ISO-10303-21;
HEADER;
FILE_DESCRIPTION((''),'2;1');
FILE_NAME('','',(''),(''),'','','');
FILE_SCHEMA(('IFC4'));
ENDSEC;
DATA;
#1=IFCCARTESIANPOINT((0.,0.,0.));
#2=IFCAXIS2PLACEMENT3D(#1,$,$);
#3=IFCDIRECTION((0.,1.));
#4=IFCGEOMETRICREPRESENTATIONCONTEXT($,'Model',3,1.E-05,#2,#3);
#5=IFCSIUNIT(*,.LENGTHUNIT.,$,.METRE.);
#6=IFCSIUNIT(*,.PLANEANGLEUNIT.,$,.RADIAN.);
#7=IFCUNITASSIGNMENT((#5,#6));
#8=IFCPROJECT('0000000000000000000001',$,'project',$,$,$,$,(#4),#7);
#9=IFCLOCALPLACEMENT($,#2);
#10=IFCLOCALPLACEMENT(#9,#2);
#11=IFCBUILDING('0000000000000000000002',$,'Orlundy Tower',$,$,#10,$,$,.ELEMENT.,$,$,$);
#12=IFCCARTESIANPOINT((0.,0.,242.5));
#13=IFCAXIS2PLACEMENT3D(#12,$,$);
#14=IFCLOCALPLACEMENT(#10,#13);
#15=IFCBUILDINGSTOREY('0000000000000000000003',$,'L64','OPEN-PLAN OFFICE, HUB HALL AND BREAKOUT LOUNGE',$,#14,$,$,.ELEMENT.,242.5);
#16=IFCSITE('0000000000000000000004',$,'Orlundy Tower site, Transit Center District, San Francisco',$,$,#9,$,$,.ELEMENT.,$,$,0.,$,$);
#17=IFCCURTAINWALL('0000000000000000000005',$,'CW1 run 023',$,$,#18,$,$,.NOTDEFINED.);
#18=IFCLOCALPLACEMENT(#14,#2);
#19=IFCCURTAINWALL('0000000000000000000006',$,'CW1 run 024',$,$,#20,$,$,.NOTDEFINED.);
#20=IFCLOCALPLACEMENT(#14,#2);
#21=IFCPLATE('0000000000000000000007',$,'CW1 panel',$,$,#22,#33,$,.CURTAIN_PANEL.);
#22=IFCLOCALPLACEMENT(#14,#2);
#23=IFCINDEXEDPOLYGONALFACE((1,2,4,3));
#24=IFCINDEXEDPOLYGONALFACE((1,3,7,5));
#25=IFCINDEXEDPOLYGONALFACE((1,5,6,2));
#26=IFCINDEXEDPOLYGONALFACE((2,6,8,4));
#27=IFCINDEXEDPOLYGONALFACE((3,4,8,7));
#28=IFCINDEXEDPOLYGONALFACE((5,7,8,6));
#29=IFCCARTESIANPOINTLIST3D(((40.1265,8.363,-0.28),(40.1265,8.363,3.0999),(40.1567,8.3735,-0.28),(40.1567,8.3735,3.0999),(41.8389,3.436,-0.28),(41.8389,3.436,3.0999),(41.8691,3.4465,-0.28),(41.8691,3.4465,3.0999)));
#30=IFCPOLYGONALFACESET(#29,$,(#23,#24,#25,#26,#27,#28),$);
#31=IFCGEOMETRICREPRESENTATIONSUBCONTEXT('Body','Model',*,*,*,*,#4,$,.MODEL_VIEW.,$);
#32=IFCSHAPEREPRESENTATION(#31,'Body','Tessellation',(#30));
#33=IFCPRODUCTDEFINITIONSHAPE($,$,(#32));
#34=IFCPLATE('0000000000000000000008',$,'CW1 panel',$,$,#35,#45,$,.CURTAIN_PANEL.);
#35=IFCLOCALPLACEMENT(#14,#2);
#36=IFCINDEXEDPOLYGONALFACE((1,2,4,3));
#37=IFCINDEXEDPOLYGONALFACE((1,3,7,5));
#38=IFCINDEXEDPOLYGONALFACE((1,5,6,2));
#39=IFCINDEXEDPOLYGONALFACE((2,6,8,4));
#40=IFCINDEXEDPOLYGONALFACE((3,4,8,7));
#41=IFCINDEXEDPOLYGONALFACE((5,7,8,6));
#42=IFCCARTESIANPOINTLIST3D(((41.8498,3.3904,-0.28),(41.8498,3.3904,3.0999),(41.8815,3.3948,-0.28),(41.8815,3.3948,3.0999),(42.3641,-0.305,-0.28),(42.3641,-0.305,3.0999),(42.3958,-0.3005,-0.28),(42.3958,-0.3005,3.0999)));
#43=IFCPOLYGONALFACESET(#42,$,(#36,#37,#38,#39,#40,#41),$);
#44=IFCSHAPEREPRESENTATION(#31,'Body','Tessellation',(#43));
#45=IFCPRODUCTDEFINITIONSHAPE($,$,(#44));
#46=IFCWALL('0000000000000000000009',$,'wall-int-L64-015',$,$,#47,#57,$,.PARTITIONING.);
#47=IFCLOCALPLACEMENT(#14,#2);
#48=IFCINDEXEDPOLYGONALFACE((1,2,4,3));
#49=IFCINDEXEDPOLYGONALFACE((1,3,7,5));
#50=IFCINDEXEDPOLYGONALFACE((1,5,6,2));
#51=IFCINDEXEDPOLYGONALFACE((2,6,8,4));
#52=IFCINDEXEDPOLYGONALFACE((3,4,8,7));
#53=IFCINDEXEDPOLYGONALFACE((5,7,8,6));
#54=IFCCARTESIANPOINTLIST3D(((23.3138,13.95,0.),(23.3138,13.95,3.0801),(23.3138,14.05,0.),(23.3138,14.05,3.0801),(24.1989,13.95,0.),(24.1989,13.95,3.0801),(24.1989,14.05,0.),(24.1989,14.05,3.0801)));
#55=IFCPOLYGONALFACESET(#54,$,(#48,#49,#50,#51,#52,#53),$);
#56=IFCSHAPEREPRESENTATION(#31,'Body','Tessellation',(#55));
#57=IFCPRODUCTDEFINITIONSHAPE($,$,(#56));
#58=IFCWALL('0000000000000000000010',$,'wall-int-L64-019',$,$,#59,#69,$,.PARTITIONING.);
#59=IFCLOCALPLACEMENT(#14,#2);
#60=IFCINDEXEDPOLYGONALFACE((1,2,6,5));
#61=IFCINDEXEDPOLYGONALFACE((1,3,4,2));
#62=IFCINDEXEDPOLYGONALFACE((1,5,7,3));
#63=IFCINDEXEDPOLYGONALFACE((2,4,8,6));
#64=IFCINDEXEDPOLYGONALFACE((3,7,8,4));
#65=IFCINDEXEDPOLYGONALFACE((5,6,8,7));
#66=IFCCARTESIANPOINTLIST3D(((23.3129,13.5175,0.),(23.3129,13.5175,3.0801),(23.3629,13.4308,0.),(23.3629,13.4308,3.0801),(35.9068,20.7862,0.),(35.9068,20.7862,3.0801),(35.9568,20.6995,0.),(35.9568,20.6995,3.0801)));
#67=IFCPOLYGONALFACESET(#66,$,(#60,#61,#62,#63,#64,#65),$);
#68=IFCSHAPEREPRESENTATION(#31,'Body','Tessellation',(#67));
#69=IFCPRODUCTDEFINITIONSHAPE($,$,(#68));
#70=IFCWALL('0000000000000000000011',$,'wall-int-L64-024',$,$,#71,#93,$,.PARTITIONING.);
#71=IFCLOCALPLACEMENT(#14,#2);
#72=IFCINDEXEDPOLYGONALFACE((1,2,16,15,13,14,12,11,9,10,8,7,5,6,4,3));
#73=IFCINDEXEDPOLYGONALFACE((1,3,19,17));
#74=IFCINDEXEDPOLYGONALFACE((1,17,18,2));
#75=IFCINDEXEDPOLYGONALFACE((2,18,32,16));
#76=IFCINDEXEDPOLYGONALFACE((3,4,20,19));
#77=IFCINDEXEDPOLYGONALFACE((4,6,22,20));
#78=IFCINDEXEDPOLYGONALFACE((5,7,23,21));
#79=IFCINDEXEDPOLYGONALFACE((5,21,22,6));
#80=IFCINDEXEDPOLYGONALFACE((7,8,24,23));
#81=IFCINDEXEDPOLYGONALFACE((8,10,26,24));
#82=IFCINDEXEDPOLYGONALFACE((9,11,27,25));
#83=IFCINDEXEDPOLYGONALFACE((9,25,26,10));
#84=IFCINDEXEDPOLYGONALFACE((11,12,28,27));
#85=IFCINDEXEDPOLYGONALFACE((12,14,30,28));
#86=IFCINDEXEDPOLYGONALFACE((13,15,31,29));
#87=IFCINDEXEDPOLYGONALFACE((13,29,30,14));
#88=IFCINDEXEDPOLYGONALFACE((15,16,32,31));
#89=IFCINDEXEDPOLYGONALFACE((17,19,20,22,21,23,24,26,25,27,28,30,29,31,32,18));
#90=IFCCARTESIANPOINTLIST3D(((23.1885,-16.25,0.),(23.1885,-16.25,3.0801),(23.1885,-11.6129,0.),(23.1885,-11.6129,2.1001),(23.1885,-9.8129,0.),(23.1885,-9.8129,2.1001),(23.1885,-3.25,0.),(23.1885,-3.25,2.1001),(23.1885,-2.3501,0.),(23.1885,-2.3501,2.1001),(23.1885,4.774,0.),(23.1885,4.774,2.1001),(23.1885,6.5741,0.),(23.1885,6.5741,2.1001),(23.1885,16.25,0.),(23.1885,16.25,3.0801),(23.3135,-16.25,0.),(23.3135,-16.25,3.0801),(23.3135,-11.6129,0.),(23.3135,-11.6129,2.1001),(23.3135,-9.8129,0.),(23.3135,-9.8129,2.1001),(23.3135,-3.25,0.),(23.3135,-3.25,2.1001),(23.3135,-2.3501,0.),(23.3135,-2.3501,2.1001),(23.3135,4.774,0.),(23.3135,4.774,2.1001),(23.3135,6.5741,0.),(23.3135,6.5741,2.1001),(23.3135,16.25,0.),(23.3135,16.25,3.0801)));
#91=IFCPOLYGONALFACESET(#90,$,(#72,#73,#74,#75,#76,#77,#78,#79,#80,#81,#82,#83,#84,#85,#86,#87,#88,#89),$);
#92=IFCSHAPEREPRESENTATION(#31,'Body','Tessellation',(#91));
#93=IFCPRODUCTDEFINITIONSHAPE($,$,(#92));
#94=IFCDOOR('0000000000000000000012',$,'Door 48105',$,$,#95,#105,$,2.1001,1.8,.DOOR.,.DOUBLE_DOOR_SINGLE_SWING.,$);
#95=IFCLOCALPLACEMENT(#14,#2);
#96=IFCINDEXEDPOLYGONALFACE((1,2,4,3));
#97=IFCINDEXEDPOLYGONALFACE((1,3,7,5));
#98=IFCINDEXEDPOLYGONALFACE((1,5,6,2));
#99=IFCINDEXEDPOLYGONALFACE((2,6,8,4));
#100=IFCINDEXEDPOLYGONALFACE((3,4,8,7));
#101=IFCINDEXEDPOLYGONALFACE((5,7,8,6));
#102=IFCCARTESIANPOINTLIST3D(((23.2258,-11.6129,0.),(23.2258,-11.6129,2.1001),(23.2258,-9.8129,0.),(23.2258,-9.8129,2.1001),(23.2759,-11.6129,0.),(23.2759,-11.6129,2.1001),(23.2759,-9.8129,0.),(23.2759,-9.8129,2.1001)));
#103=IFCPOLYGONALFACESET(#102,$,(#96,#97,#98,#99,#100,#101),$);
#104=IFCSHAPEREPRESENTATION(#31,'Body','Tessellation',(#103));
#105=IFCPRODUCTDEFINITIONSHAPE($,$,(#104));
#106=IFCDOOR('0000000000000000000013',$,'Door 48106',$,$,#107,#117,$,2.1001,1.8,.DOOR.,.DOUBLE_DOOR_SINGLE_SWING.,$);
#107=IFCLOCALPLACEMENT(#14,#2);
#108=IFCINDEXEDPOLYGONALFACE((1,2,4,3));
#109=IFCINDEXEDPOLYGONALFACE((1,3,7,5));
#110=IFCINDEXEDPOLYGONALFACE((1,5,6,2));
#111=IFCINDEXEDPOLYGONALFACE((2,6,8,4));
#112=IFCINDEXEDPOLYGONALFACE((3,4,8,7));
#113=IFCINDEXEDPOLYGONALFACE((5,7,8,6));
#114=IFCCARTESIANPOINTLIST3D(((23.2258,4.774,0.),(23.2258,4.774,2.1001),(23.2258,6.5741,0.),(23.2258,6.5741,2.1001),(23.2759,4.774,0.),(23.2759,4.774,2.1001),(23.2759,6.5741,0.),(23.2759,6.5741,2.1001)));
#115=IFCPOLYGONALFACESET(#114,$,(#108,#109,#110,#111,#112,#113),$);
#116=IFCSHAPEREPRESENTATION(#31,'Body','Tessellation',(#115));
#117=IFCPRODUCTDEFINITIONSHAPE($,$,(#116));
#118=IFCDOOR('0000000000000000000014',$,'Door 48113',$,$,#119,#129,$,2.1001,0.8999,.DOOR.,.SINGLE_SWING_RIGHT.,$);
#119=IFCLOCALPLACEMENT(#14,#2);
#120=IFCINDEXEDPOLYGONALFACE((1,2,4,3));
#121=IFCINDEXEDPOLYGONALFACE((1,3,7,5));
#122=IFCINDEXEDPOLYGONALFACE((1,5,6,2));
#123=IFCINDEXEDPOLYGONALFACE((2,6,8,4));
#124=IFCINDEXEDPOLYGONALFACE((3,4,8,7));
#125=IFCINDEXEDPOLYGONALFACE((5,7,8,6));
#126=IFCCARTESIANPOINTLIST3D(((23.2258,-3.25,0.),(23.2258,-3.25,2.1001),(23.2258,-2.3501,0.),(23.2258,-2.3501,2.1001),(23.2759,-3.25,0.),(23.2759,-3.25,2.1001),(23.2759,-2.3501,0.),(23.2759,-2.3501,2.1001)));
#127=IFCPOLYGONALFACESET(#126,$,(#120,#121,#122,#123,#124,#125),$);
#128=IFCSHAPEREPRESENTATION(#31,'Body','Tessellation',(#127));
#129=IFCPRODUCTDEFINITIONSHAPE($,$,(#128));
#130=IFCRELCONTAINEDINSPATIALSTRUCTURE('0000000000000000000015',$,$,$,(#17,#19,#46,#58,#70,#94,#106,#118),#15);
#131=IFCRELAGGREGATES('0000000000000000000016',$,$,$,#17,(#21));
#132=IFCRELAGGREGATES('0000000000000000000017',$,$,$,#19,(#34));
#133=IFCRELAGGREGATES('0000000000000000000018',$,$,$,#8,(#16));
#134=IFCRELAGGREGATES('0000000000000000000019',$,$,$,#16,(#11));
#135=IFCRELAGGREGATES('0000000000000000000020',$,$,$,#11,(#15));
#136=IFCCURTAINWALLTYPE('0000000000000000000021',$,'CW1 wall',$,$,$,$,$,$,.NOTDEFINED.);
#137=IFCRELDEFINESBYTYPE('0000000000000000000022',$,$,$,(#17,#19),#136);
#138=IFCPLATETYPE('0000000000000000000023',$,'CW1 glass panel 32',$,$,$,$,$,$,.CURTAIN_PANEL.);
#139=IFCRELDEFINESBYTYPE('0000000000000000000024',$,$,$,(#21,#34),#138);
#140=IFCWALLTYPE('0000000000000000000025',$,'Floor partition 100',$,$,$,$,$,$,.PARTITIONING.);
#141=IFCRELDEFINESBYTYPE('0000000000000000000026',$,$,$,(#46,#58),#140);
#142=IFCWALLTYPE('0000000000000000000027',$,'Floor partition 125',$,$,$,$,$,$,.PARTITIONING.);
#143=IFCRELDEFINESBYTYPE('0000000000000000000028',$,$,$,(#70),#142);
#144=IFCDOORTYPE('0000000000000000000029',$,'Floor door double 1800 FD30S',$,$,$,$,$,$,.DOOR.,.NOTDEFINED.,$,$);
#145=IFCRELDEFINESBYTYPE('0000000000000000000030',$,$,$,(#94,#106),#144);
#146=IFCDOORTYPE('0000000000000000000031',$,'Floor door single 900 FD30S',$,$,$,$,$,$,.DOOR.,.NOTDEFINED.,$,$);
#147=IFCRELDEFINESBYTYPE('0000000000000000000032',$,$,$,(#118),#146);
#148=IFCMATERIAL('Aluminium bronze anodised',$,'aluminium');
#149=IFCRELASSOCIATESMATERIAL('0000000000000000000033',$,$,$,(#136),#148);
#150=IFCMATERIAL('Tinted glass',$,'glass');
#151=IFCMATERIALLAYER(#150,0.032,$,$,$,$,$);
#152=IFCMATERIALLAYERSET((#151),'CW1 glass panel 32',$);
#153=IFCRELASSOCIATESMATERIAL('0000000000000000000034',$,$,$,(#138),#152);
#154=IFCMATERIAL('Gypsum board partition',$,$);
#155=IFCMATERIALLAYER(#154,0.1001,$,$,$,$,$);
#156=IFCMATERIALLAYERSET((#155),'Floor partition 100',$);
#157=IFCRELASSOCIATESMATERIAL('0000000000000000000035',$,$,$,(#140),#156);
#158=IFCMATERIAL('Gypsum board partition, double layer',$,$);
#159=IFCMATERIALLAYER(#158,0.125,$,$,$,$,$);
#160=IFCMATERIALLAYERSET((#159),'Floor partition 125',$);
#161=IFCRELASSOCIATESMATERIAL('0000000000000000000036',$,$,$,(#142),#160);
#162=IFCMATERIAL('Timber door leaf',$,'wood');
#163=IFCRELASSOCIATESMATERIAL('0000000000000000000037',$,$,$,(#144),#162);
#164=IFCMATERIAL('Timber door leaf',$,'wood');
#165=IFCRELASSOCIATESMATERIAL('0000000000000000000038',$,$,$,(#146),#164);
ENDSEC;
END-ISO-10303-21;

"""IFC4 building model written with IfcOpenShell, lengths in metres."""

from ifc_helpers import new_model, si_unit, direction, frame, frame_2d, origin, origin_2d, place, context, subcontext, project, spatial, rectangle, extrude, material, layer, layer_set, type_object, element, fill, aggregate, save


model = new_model("IFC4")

# Units and contexts
model_context = context("Model", 3, precision=1e-05, world=origin(), true_north=direction((0.0, 1.0)))
body_context = subcontext(model_context, "Body", "Model", "MODEL_VIEW")
ifc_project = project(units=[si_unit("LENGTHUNIT", "METRE"), si_unit("PLANEANGLEUNIT", "RADIAN")], contexts=[model_context])

# Site, building, storey
site_placement = place(None, origin())
site = spatial("IfcSite", under=ifc_project, at=site_placement, Name="Orlundy Tower site, Transit Center District, San Francisco", CompositionType="ELEMENT", RefElevation=0.0)
building_placement = place(site_placement, origin())
building = spatial("IfcBuilding", under=site, at=building_placement, Name="Orlundy Tower", CompositionType="ELEMENT")
storey_placement = place(building_placement, frame((0.0, 0.0, 242.5)))
storey = spatial("IfcBuildingStorey", under=building, at=storey_placement, Name="L64", Description="OPEN-PLAN OFFICE, HUB HALL AND BREAKOUT LOUNGE", CompositionType="ELEMENT", Elevation=242.5)

# Shared definitions
ifc_material_1 = material(Name="Aluminium bronze anodised", Category="aluminium")
curtain_wall_type = type_object("IfcCurtainWallType", Name="CW1 wall", PredefinedType="NOTDEFINED", material=ifc_material_1)

# Curtain walls
curtain_wall_1_placement = place(storey_placement, origin())
curtain_wall_1 = element("IfcCurtainWall", 1, at=curtain_wall_1_placement, inside=storey, type_object=curtain_wall_type, Name="CW1 run 023", PredefinedType="NOTDEFINED")
curtain_wall_2_placement = place(storey_placement, origin())
curtain_wall_2 = element("IfcCurtainWall", 2, at=curtain_wall_2_placement, inside=storey, type_object=curtain_wall_type, Name="CW1 run 024", PredefinedType="NOTDEFINED")

# Plates
ifc_material_2 = material(Name="Tinted glass", Category="glass")
ifc_layer_1 = layer(ifc_material_2, 0.032)
ifc_layer_set_1 = layer_set([ifc_layer_1], Name="CW1 glass panel 32")
plate_type = type_object("IfcPlateType", Name="CW1 glass panel 32", PredefinedType="CURTAIN_PANEL", material=ifc_layer_set_1)
plate_1_placement = place(storey_placement, frame((40.9978, 5.9048, -0.28), z_axis=(0.0, 0.0, 1.0), x_axis=(0.328288, -0.944578, 0.0)))
plate_1 = element("IfcPlate", 3, at=plate_1_placement, type_object=plate_type, Name="CW1 panel", PredefinedType="CURTAIN_PANEL", context=body_context, shape_type="SweptSolid", body=[
    extrude(rectangle(XDim=5.2161, YDim=0.032, at=origin_2d()), origin(), (0.0, 0.0, 1.0), 3.3799),
])
aggregate(curtain_wall_1, [plate_1])
plate_2_placement = place(storey_placement, frame((42.1228, 1.5449, -0.28), z_axis=(0.0, 0.0, 1.0), x_axis=(0.137833, -0.990455, 0.0)))
plate_2 = element("IfcPlate", 4, at=plate_2_placement, type_object=plate_type, Name="CW1 panel", PredefinedType="CURTAIN_PANEL", context=body_context, shape_type="SweptSolid", body=[
    extrude(rectangle(XDim=3.731, YDim=0.032, at=origin_2d()), origin(), (0.0, 0.0, 1.0), 3.3799),
])
aggregate(curtain_wall_2, [plate_2])

# Walls
ifc_material_3 = material(Name="Gypsum board partition")
ifc_layer_2 = layer(ifc_material_3, 0.1001)
ifc_layer_set_2 = layer_set([ifc_layer_2], Name="Floor partition 100")
wall_type_1 = type_object("IfcWallType", Name="Floor partition 100", PredefinedType="PARTITIONING", material=ifc_layer_set_2)
wall_1_placement = place(storey_placement, frame((23.314, 14.0, 0.0), z_axis=(0.0, 0.0, 1.0), x_axis=(1.0, 0.0, 0.0)))
element("IfcWall", 5, at=wall_1_placement, inside=storey, type_object=wall_type_1, Name="wall-int-L64-015", PredefinedType="PARTITIONING", context=body_context, shape_type="SweptSolid", body=[
    extrude(rectangle(XDim=0.885, YDim=0.1001, at=frame_2d((0.4424, 0.0))), origin(), (0.0, 0.0, 1.0), 3.0801),
])
wall_2_placement = place(storey_placement, frame((23.3379, 13.4741, 0.0), z_axis=(0.0, 0.0, 1.0), x_axis=(0.866095, 0.499879, 0.0)))
element("IfcWall", 6, at=wall_2_placement, inside=storey, type_object=wall_type_1, Name="wall-int-L64-019", PredefinedType="PARTITIONING", context=body_context, shape_type="SweptSolid", body=[
    extrude(rectangle(XDim=14.541, YDim=0.1001, at=frame_2d((7.2705, 0.0))), origin(), (0.0, 0.0, 1.0), 3.0801),
])

# Wall, openings, doors
ifc_material_4 = material(Name="Gypsum board partition, double layer")
ifc_layer_3 = layer(ifc_material_4, 0.125)
ifc_layer_set_3 = layer_set([ifc_layer_3], Name="Floor partition 125")
wall_type_2 = type_object("IfcWallType", Name="Floor partition 125", PredefinedType="PARTITIONING", material=ifc_layer_set_3)
wall_3_placement = place(storey_placement, frame((23.251, 16.25, 0.0), z_axis=(0.0, 0.0, 1.0), x_axis=(0.0, -1.0, 0.0)))
wall_3 = element("IfcWall", 7, at=wall_3_placement, inside=storey, type_object=wall_type_2, Name="wall-int-L64-024", PredefinedType="PARTITIONING", context=body_context, shape_type="SweptSolid", body=[
    extrude(rectangle(XDim=32.5, YDim=0.125, at=frame_2d((16.25, 0.0))), origin(), (0.0, 0.0, 1.0), 3.0801),
])
opening_1_placement = place(wall_3_placement, frame((26.063, 0.0, 0.0)))
opening_1 = element("IfcOpeningElement", 8, at=opening_1_placement, cuts=wall_3, PredefinedType="OPENING", context=body_context, shape_type="SweptSolid", body=[
    extrude(rectangle(XDim=1.8, YDim=2.1001, at=frame_2d((0.8999, 1.05))), frame((0.0, 0.0725, 0.0), z_axis=(0.0, -1.0, 0.0), x_axis=(1.0, 0.0, 0.0)), (0.0, 0.0, 1.0), 0.145),
])
opening_2_placement = place(wall_3_placement, frame((9.676, 0.0, 0.0)))
opening_2 = element("IfcOpeningElement", 9, at=opening_2_placement, cuts=wall_3, PredefinedType="OPENING", context=body_context, shape_type="SweptSolid", body=[
    extrude(rectangle(XDim=1.8, YDim=2.1001, at=frame_2d((0.8999, 1.05))), frame((0.0, 0.0725, 0.0), z_axis=(0.0, -1.0, 0.0), x_axis=(1.0, 0.0, 0.0)), (0.0, 0.0, 1.0), 0.145),
])
opening_3_placement = place(wall_3_placement, frame((18.6001, 0.0, 0.0)))
opening_3 = element("IfcOpeningElement", 10, at=opening_3_placement, cuts=wall_3, PredefinedType="OPENING", context=body_context, shape_type="SweptSolid", body=[
    extrude(rectangle(XDim=0.8999, YDim=2.1001, at=frame_2d((0.45, 1.05))), frame((0.0, 0.0725, 0.0), z_axis=(0.0, -1.0, 0.0), x_axis=(1.0, 0.0, 0.0)), (0.0, 0.0, 1.0), 0.145),
])
ifc_material_5 = material(Name="Timber door leaf", Category="wood")
door_type_1 = type_object("IfcDoorType", Name="Floor door double 1800 FD30S", OperationType="NOTDEFINED", PredefinedType="DOOR", material=ifc_material_5)
door_1_placement = place(opening_1_placement, origin())
door_1 = element("IfcDoor", 11, at=door_1_placement, inside=storey, type_object=door_type_1, Name="Door 48105", OperationType="DOUBLE_DOOR_SINGLE_SWING", OverallHeight=2.1001, OverallWidth=1.8, PredefinedType="DOOR", context=body_context, shape_type="SweptSolid", body=[
    extrude(rectangle(XDim=1.8, YDim=2.1001, at=frame_2d((0.8999, 1.05))), frame((0.0, 0.0249, 0.0), z_axis=(0.0, -1.0, 0.0), x_axis=(1.0, 0.0, 0.0)), (0.0, 0.0, 1.0), 0.05),
])
fill(opening_1, door_1)
door_2_placement = place(opening_2_placement, origin())
door_2 = element("IfcDoor", 12, at=door_2_placement, inside=storey, type_object=door_type_1, Name="Door 48106", OperationType="DOUBLE_DOOR_SINGLE_SWING", OverallHeight=2.1001, OverallWidth=1.8, PredefinedType="DOOR", context=body_context, shape_type="SweptSolid", body=[
    extrude(rectangle(XDim=1.8, YDim=2.1001, at=frame_2d((0.8999, 1.05))), frame((0.0, 0.0249, 0.0), z_axis=(0.0, -1.0, 0.0), x_axis=(1.0, 0.0, 0.0)), (0.0, 0.0, 1.0), 0.05),
])
fill(opening_2, door_2)
ifc_material_6 = material(Name="Timber door leaf", Category="wood")
door_type_2 = type_object("IfcDoorType", Name="Floor door single 900 FD30S", OperationType="NOTDEFINED", PredefinedType="DOOR", material=ifc_material_6)
door_3_placement = place(opening_3_placement, origin())
door_3 = element("IfcDoor", 13, at=door_3_placement, inside=storey, type_object=door_type_2, Name="Door 48113", OperationType="SINGLE_SWING_RIGHT", OverallHeight=2.1001, OverallWidth=0.8999, PredefinedType="DOOR", context=body_context, shape_type="SweptSolid", body=[
    extrude(rectangle(XDim=0.8999, YDim=2.1001, at=frame_2d((0.45, 1.05))), frame((0.0, 0.0249, 0.0), z_axis=(0.0, -1.0, 0.0), x_axis=(1.0, 0.0, 0.0)), (0.0, 0.0, 1.0), 0.05),
])
fill(opening_3, door_3)

save(model, "model.ifc")
